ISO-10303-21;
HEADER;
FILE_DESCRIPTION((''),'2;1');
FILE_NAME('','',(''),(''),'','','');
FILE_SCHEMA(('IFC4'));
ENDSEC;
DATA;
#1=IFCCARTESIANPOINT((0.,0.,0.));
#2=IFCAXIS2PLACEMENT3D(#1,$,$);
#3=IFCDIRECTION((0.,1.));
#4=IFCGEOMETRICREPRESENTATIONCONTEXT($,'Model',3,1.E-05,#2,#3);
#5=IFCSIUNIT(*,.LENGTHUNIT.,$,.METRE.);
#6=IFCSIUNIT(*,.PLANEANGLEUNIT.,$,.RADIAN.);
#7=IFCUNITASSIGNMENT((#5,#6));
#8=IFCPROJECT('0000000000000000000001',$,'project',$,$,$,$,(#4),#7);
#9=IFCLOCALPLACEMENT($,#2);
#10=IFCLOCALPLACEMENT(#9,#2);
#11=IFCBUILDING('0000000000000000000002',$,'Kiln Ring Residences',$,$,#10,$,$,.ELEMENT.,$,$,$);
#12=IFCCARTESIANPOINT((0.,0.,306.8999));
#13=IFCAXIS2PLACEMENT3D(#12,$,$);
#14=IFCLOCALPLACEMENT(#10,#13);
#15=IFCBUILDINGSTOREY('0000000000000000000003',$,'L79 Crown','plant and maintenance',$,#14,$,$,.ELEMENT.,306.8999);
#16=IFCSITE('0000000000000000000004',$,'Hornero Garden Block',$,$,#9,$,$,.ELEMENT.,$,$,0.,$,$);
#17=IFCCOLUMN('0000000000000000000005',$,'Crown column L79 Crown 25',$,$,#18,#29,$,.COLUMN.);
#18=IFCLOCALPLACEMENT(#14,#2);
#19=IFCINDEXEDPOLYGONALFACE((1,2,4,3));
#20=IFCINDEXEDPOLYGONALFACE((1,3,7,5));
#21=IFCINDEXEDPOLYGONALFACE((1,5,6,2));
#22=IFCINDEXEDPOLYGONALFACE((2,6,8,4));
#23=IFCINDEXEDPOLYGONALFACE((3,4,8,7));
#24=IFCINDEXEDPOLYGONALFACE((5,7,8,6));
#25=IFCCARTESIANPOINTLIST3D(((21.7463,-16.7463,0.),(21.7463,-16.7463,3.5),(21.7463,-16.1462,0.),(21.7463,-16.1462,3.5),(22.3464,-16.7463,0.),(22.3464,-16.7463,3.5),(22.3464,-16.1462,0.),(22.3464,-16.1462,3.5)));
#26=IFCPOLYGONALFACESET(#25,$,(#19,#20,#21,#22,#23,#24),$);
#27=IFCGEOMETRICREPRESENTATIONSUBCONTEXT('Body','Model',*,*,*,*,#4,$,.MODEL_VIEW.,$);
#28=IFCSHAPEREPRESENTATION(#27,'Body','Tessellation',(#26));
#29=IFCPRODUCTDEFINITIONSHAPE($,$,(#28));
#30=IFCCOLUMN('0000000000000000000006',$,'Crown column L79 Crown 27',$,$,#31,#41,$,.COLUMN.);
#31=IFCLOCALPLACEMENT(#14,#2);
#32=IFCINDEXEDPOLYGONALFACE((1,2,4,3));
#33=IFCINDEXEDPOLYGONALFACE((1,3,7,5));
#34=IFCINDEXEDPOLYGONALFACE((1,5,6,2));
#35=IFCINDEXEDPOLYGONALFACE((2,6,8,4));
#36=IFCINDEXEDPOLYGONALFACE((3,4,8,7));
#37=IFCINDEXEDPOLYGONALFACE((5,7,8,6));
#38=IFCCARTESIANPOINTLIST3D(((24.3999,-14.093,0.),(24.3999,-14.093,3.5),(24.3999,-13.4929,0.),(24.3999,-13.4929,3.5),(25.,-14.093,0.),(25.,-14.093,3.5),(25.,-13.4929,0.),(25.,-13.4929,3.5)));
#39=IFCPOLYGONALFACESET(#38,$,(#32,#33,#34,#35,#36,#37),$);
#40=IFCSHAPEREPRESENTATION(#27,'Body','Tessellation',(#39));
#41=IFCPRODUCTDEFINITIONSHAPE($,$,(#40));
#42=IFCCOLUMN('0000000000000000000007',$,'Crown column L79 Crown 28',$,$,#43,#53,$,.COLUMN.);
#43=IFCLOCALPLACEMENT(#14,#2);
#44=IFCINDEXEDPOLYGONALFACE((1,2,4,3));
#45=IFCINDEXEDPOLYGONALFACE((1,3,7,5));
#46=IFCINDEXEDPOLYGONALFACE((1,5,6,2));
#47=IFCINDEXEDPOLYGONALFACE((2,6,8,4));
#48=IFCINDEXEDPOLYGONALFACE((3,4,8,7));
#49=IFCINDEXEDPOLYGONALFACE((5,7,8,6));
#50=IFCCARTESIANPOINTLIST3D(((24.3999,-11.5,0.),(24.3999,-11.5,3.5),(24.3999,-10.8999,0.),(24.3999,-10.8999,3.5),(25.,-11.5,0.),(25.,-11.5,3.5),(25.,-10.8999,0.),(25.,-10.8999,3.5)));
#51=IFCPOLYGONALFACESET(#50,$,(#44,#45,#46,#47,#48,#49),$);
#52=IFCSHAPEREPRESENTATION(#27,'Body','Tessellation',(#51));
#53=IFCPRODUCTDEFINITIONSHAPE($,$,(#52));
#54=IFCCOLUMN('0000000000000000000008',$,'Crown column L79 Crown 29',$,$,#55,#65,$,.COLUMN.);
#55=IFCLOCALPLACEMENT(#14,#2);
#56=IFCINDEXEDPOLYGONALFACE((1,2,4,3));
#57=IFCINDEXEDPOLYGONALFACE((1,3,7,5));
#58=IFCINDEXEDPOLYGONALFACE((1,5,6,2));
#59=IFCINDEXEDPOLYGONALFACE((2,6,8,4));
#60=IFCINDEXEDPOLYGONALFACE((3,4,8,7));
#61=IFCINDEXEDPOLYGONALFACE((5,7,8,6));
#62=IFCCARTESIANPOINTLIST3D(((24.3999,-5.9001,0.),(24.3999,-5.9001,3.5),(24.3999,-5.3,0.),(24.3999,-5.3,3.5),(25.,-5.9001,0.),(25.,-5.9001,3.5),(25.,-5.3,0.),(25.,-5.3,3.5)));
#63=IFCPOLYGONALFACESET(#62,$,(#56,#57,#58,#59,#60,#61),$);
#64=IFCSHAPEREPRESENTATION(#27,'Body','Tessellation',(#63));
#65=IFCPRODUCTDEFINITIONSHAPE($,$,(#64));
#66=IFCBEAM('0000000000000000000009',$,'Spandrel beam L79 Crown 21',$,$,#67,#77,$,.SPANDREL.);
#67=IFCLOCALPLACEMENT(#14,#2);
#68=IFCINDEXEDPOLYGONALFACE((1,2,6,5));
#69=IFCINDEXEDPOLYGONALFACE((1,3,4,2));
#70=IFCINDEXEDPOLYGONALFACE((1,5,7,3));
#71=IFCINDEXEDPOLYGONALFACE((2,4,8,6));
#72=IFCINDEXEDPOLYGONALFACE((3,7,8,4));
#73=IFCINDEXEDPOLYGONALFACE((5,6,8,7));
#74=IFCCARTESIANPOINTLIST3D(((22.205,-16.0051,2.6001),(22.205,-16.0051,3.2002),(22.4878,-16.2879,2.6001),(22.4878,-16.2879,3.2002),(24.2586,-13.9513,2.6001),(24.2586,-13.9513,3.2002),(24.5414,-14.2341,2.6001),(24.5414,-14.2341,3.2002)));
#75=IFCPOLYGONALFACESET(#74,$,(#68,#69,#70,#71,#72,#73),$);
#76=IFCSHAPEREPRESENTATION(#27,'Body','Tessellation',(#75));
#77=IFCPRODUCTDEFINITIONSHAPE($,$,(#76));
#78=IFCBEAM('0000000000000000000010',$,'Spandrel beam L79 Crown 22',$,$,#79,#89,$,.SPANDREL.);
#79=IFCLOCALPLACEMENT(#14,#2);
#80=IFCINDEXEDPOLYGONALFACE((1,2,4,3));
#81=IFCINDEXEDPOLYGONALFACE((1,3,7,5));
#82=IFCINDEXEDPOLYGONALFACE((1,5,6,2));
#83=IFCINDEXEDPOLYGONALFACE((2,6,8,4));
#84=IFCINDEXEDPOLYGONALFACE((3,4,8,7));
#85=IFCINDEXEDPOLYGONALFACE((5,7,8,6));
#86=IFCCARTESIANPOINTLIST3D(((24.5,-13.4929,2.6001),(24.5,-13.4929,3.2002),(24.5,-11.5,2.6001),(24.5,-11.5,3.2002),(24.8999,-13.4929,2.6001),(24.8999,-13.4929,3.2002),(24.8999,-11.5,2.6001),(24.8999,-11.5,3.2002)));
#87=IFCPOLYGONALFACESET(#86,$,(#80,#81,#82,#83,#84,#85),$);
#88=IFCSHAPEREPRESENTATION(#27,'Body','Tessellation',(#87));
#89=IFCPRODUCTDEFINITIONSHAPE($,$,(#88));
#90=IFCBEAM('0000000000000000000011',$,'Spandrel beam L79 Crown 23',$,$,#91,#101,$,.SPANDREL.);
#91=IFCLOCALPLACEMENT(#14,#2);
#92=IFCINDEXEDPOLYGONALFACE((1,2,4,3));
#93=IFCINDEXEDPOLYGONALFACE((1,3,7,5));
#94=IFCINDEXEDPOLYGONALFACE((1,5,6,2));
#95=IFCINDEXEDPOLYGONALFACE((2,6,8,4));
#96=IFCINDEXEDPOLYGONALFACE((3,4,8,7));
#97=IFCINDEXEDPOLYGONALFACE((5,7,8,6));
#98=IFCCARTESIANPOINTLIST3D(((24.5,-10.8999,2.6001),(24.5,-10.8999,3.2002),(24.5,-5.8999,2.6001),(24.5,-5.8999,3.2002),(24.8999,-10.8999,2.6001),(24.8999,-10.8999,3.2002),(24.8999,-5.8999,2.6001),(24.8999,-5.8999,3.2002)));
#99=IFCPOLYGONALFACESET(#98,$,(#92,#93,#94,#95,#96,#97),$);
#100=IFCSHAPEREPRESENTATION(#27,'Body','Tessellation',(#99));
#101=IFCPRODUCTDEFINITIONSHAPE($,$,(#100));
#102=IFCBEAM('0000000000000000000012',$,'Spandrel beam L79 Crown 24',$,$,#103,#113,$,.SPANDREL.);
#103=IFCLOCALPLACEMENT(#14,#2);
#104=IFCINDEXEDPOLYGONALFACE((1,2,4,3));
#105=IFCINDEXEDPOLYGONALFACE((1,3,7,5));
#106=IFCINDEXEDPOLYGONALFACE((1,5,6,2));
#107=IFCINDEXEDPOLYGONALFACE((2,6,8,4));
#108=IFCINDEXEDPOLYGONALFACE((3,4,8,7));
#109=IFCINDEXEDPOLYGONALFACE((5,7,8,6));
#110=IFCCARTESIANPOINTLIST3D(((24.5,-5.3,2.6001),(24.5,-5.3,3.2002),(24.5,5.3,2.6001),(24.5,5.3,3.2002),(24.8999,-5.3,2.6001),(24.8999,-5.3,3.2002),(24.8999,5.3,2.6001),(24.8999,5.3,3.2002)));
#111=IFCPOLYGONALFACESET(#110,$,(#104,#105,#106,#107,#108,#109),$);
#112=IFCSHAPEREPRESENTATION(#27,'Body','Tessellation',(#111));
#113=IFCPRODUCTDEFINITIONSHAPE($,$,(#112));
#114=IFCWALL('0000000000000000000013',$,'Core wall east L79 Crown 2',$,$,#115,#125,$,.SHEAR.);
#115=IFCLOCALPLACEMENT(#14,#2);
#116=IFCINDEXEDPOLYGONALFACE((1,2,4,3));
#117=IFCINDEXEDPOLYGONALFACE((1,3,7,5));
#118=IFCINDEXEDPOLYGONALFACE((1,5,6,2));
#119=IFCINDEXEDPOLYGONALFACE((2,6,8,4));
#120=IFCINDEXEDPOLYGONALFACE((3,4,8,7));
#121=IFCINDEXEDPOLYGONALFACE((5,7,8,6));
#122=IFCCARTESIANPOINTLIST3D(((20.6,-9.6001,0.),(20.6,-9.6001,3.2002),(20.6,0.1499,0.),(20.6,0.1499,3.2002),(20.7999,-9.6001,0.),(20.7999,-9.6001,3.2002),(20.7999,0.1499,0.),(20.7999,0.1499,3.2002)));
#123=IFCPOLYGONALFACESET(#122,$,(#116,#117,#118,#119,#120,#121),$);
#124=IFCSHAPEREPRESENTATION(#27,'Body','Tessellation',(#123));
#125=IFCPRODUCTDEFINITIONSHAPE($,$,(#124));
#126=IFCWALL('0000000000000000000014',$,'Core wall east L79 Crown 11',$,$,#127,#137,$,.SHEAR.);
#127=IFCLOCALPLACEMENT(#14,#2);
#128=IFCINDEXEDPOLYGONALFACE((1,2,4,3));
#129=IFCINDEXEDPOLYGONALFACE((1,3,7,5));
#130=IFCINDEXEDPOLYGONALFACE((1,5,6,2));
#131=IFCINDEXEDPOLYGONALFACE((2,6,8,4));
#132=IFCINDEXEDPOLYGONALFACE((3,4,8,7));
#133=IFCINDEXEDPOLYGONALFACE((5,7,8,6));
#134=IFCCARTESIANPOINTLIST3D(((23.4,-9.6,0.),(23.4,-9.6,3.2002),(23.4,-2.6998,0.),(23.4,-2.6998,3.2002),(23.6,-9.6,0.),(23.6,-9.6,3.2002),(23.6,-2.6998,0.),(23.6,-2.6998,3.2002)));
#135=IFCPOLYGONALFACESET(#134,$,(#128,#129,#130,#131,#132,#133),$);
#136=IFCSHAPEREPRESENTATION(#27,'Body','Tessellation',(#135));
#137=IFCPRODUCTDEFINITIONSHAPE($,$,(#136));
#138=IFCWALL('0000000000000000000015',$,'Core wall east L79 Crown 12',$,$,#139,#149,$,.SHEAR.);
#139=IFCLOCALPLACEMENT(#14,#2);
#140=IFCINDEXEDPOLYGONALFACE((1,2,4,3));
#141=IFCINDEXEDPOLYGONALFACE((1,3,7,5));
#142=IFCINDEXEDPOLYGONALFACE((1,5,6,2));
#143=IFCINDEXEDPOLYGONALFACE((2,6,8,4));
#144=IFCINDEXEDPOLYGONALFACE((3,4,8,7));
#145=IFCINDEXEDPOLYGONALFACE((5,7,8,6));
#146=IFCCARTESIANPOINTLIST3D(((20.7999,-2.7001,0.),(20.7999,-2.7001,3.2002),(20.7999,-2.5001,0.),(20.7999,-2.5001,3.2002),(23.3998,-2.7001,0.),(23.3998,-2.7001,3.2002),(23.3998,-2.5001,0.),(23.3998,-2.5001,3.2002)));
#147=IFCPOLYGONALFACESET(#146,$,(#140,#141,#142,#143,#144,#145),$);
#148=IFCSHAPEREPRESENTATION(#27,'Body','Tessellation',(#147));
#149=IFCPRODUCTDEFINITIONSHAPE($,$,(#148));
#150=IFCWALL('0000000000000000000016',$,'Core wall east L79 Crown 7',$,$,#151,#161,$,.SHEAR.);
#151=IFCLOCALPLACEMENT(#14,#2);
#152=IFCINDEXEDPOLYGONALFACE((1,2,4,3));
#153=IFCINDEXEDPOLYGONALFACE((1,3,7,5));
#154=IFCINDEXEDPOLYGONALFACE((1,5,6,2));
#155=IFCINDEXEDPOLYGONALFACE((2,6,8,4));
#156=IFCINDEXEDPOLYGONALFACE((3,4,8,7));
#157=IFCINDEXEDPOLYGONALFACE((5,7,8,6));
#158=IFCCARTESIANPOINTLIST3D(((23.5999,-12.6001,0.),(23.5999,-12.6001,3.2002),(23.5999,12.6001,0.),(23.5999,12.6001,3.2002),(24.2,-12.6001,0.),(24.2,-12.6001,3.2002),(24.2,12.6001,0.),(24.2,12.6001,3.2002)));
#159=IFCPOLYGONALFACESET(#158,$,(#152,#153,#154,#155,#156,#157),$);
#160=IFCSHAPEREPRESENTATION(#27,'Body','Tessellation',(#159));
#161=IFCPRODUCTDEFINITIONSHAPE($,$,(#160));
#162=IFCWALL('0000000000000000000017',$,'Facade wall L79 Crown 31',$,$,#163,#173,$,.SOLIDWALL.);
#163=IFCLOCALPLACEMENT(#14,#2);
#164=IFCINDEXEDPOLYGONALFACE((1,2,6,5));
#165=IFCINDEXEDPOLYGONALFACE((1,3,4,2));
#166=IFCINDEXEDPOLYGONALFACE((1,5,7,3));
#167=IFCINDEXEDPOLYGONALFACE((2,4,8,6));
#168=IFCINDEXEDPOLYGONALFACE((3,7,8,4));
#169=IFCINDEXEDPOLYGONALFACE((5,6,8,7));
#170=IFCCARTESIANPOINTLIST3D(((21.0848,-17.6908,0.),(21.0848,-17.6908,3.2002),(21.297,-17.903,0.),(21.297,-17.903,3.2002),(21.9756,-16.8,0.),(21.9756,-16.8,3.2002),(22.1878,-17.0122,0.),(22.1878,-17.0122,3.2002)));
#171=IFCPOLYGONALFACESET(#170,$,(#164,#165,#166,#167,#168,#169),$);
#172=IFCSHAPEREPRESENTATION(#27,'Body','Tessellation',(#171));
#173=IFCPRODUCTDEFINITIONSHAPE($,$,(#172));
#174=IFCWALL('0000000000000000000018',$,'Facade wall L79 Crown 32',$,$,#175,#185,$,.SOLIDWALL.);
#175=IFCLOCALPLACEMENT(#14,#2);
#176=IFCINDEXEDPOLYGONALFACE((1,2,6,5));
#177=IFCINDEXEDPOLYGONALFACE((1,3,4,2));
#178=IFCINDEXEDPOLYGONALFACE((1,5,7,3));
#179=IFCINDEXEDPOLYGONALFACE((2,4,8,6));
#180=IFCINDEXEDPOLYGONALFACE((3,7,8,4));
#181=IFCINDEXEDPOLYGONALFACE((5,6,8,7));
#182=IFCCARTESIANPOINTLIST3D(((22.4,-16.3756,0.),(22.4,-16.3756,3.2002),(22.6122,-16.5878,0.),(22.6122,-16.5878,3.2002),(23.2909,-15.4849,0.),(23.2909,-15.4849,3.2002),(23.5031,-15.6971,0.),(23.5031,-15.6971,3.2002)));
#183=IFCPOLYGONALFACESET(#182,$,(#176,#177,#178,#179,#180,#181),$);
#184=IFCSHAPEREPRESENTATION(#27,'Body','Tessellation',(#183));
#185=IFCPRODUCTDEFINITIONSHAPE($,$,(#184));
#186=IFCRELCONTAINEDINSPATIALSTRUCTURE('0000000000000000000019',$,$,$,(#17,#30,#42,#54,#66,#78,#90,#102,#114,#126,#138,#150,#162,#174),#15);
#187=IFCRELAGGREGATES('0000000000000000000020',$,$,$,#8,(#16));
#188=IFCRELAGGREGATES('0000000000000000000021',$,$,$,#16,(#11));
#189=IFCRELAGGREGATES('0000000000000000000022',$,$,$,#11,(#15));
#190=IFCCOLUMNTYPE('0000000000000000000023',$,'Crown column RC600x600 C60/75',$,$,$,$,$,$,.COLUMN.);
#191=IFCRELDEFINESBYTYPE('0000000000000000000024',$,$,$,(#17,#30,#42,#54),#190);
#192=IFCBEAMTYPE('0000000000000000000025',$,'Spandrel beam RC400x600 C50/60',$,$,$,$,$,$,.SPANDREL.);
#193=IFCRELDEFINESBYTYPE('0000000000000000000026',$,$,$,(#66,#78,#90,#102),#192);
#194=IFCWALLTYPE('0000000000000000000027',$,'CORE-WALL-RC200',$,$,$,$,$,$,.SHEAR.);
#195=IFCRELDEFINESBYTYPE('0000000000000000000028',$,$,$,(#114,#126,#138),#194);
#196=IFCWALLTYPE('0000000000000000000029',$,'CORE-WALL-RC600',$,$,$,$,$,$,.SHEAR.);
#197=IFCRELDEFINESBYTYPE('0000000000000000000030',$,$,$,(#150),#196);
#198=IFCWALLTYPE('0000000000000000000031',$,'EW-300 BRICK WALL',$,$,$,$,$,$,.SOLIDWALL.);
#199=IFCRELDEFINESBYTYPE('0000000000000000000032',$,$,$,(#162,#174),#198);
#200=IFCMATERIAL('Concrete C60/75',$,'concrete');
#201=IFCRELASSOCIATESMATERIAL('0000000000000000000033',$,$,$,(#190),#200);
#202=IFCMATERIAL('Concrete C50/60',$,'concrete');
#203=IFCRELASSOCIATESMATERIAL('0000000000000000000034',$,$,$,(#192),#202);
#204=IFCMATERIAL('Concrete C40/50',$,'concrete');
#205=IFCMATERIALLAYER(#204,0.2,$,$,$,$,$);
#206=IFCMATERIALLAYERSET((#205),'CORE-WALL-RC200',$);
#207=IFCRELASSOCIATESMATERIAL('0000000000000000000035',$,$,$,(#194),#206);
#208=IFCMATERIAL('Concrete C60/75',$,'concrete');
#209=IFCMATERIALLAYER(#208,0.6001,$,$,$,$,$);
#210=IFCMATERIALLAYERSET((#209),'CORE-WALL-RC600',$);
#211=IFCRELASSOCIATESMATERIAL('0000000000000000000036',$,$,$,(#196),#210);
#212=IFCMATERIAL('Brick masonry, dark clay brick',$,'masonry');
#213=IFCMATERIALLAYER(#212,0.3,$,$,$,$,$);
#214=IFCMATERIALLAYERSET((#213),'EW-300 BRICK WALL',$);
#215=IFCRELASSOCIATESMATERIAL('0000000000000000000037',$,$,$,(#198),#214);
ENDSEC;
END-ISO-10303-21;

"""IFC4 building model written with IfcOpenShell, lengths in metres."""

from ifc_helpers import new_model, si_unit, direction, frame, frame_2d, origin, origin_2d, place, context, subcontext, project, spatial, rectangle, extrude, material, layer, layer_set, material_profile, profile_set, type_object, element, save


model = new_model("IFC4")

# Units and contexts
model_context = context("Model", 3, precision=1e-05, world=origin(), true_north=direction((0.0, 1.0)))
body_context = subcontext(model_context, "Body", "Model", "MODEL_VIEW")
ifc_project = project(units=[si_unit("LENGTHUNIT", "METRE"), si_unit("PLANEANGLEUNIT", "RADIAN")], contexts=[model_context])

# Site, building, storey
site_placement = place(None, origin())
site = spatial("IfcSite", under=ifc_project, at=site_placement, Name="Hornero Garden Block", CompositionType="ELEMENT", RefElevation=0.0)
building_placement = place(site_placement, origin())
building = spatial("IfcBuilding", under=site, at=building_placement, Name="Kiln Ring Residences", CompositionType="ELEMENT")
storey_placement = place(building_placement, frame((0.0, 0.0, 306.8999)))
storey = spatial("IfcBuildingStorey", under=building, at=storey_placement, Name="L79 Crown", Description="plant and maintenance", CompositionType="ELEMENT", Elevation=306.8999)

# Columns
ifc_material_1 = material(Name="Concrete C60/75", Category="concrete")
ifc_material_profile_1 = material_profile(ifc_material_1, rectangle(XDim=0.6001, YDim=0.6001, at=origin_2d()), Name="RC600x600")
ifc_profile_set_1 = profile_set([ifc_material_profile_1], Name="Concrete C60/75")
column_type = type_object("IfcColumnType", Name="Crown column RC600x600 C60/75", PredefinedType="COLUMN", material=ifc_profile_set_1)
for number, where, z_axis, x_axis, name in (
    (1, (22.0464, -16.4463, 0.0), (0.0, 0.0, 1.0), (1.0, 0.0, 0.0), "Crown column L79 Crown 25"),
    (2, (24.7, -13.793, 0.0), (0.0, 0.0, 1.0), (1.0, 0.0, 0.0), "Crown column L79 Crown 27"),
    (3, (24.7, -11.2, 0.0), (0.0, 0.0, 1.0), (1.0, 0.0, 0.0), "Crown column L79 Crown 28"),
    (4, (24.7, -5.6001, 0.0), (0.0, 0.0, 1.0), (1.0, 0.0, 0.0), "Crown column L79 Crown 29"),
):
    element("IfcColumn", number, at=place(storey_placement, frame(where, z_axis=z_axis, x_axis=x_axis)), inside=storey, type_object=column_type, Name=name, PredefinedType="COLUMN", context=body_context, shape_type="SweptSolid", body=[
        extrude(rectangle(XDim=0.6001, YDim=0.6001, at=origin_2d()), origin(), (0.0, 0.0, 1.0), 3.5),
    ])

# Beams
ifc_material_2 = material(Name="Concrete C50/60", Category="concrete")
ifc_material_profile_2 = material_profile(ifc_material_2, rectangle(XDim=0.3999, YDim=0.6001, at=origin_2d()), Name="RC400x600")
ifc_profile_set_2 = profile_set([ifc_material_profile_2], Name="Concrete C50/60")
beam_type = type_object("IfcBeamType", Name="Spandrel beam RC400x600 C50/60", PredefinedType="SPANDREL", material=ifc_profile_set_2)
beam_1_placement = place(storey_placement, frame((22.3464, -16.1465, 2.9001), z_axis=(0.707065, 0.707149, 0.0), x_axis=(-0.707149, 0.707065, 0.0)))
element("IfcBeam", 5, at=beam_1_placement, inside=storey, type_object=beam_type, Name="Spandrel beam L79 Crown 21", PredefinedType="SPANDREL", context=body_context, shape_type="SweptSolid", body=[
    extrude(rectangle(XDim=0.3999, YDim=0.6001, at=origin_2d()), origin(), (0.0, 0.0, 1.0), 2.9043),
])
beam_2_placement = place(storey_placement, frame((24.7, -13.4929, 2.9001), z_axis=(0.0, 1.0, 0.0), x_axis=(-1.0, 0.0, 0.0)))
element("IfcBeam", 6, at=beam_2_placement, inside=storey, type_object=beam_type, Name="Spandrel beam L79 Crown 22", PredefinedType="SPANDREL", context=body_context, shape_type="SweptSolid", body=[
    extrude(rectangle(XDim=0.3999, YDim=0.6001, at=origin_2d()), origin(), (0.0, 0.0, 1.0), 1.9929),
])
beam_3_placement = place(storey_placement, frame((24.7, -10.8999, 2.9001), z_axis=(0.0, 1.0, 0.0), x_axis=(-1.0, 0.0, 0.0)))
element("IfcBeam", 7, at=beam_3_placement, inside=storey, type_object=beam_type, Name="Spandrel beam L79 Crown 23", PredefinedType="SPANDREL", context=body_context, shape_type="SweptSolid", body=[
    extrude(rectangle(XDim=0.3999, YDim=0.6001, at=origin_2d()), origin(), (0.0, 0.0, 1.0), 5.0),
])
beam_4_placement = place(storey_placement, frame((24.7, -5.3, 2.9001), z_axis=(0.0, 1.0, 0.0), x_axis=(-1.0, 0.0, 0.0)))
element("IfcBeam", 8, at=beam_4_placement, inside=storey, type_object=beam_type, Name="Spandrel beam L79 Crown 24", PredefinedType="SPANDREL", context=body_context, shape_type="SweptSolid", body=[
    extrude(rectangle(XDim=0.3999, YDim=0.6001, at=origin_2d()), origin(), (0.0, 0.0, 1.0), 10.6001),
])

# Walls
ifc_material_3 = material(Name="Concrete C40/50", Category="concrete")
ifc_layer_1 = layer(ifc_material_3, 0.2)
ifc_layer_set_1 = layer_set([ifc_layer_1], Name="CORE-WALL-RC200")
wall_type_1 = type_object("IfcWallType", Name="CORE-WALL-RC200", PredefinedType="SHEAR", material=ifc_layer_set_1)
wall_1_placement = place(storey_placement, frame((20.7, -9.6001, 0.0), z_axis=(0.0, 0.0, 1.0), x_axis=(0.0, 1.0, 0.0)))
element("IfcWall", 9, at=wall_1_placement, inside=storey, type_object=wall_type_1, Name="Core wall east L79 Crown 2", PredefinedType="SHEAR", context=body_context, shape_type="SweptSolid", body=[
    extrude(rectangle(XDim=9.75, YDim=0.2, at=frame_2d((4.875, 0.0))), origin(), (0.0, 0.0, 1.0), 3.2002),
])
wall_2_placement = place(storey_placement, frame((23.5, -9.6001, 0.0), z_axis=(0.0, 0.0, 1.0), x_axis=(0.0, 1.0, 0.0)))
element("IfcWall", 10, at=wall_2_placement, inside=storey, type_object=wall_type_1, Name="Core wall east L79 Crown 11", PredefinedType="SHEAR", context=body_context, shape_type="SweptSolid", body=[
    extrude(rectangle(XDim=6.9001, YDim=0.2, at=frame_2d((3.4502, 0.0))), origin(), (0.0, 0.0, 1.0), 3.2002),
])
wall_3_placement = place(storey_placement, frame((20.8, -2.6001, 0.0), z_axis=(0.0, 0.0, 1.0), x_axis=(1.0, 0.0, 0.0)))
element("IfcWall", 11, at=wall_3_placement, inside=storey, type_object=wall_type_1, Name="Core wall east L79 Crown 12", PredefinedType="SHEAR", context=body_context, shape_type="SweptSolid", body=[
    extrude(rectangle(XDim=2.5999, YDim=0.2, at=frame_2d((1.2998, 0.0))), origin(), (0.0, 0.0, 1.0), 3.2002),
])
ifc_material_4 = material(Name="Concrete C60/75", Category="concrete")
ifc_layer_2 = layer(ifc_material_4, 0.6001)
ifc_layer_set_2 = layer_set([ifc_layer_2], Name="CORE-WALL-RC600")
wall_type_2 = type_object("IfcWallType", Name="CORE-WALL-RC600", PredefinedType="SHEAR", material=ifc_layer_set_2)
wall_4_placement = place(storey_placement, frame((23.8999, -12.6001, 0.0), z_axis=(0.0, 0.0, 1.0), x_axis=(0.0, 1.0, 0.0)))
element("IfcWall", 12, at=wall_4_placement, inside=storey, type_object=wall_type_2, Name="Core wall east L79 Crown 7", PredefinedType="SHEAR", context=body_context, shape_type="SweptSolid", body=[
    extrude(rectangle(XDim=25.2002, YDim=0.6001, at=frame_2d((12.6001, 0.0))), origin(), (0.0, 0.0, 1.0), 3.2002),
])
ifc_material_5 = material(Name="Brick masonry, dark clay brick", Category="masonry")
ifc_layer_3 = layer(ifc_material_5, 0.3)
ifc_layer_set_3 = layer_set([ifc_layer_3], Name="EW-300 BRICK WALL")
wall_type_3 = type_object("IfcWallType", Name="EW-300 BRICK WALL", PredefinedType="SOLIDWALL", material=ifc_layer_set_3)
for number, where, z_axis, x_axis, name in (
    (13, (21.1909, -17.7969, 0.0), (0.0, 0.0, 1.0), (0.707107, 0.707107, 0.0), "Facade wall L79 Crown 31"),
    (14, (22.5061, -16.4817, 0.0), (0.0, 0.0, 1.0), (0.707204, 0.70701, 0.0), "Facade wall L79 Crown 32"),
):
    element("IfcWall", number, at=place(storey_placement, frame(where, z_axis=z_axis, x_axis=x_axis)), inside=storey, type_object=wall_type_3, Name=name, PredefinedType="SOLIDWALL", context=body_context, shape_type="SweptSolid", body=[
        extrude(rectangle(XDim=1.2598, YDim=0.3, at=frame_2d((0.6299, 0.0))), origin(), (0.0, 0.0, 1.0), 3.2002),
    ])

save(model, "model.ifc")
